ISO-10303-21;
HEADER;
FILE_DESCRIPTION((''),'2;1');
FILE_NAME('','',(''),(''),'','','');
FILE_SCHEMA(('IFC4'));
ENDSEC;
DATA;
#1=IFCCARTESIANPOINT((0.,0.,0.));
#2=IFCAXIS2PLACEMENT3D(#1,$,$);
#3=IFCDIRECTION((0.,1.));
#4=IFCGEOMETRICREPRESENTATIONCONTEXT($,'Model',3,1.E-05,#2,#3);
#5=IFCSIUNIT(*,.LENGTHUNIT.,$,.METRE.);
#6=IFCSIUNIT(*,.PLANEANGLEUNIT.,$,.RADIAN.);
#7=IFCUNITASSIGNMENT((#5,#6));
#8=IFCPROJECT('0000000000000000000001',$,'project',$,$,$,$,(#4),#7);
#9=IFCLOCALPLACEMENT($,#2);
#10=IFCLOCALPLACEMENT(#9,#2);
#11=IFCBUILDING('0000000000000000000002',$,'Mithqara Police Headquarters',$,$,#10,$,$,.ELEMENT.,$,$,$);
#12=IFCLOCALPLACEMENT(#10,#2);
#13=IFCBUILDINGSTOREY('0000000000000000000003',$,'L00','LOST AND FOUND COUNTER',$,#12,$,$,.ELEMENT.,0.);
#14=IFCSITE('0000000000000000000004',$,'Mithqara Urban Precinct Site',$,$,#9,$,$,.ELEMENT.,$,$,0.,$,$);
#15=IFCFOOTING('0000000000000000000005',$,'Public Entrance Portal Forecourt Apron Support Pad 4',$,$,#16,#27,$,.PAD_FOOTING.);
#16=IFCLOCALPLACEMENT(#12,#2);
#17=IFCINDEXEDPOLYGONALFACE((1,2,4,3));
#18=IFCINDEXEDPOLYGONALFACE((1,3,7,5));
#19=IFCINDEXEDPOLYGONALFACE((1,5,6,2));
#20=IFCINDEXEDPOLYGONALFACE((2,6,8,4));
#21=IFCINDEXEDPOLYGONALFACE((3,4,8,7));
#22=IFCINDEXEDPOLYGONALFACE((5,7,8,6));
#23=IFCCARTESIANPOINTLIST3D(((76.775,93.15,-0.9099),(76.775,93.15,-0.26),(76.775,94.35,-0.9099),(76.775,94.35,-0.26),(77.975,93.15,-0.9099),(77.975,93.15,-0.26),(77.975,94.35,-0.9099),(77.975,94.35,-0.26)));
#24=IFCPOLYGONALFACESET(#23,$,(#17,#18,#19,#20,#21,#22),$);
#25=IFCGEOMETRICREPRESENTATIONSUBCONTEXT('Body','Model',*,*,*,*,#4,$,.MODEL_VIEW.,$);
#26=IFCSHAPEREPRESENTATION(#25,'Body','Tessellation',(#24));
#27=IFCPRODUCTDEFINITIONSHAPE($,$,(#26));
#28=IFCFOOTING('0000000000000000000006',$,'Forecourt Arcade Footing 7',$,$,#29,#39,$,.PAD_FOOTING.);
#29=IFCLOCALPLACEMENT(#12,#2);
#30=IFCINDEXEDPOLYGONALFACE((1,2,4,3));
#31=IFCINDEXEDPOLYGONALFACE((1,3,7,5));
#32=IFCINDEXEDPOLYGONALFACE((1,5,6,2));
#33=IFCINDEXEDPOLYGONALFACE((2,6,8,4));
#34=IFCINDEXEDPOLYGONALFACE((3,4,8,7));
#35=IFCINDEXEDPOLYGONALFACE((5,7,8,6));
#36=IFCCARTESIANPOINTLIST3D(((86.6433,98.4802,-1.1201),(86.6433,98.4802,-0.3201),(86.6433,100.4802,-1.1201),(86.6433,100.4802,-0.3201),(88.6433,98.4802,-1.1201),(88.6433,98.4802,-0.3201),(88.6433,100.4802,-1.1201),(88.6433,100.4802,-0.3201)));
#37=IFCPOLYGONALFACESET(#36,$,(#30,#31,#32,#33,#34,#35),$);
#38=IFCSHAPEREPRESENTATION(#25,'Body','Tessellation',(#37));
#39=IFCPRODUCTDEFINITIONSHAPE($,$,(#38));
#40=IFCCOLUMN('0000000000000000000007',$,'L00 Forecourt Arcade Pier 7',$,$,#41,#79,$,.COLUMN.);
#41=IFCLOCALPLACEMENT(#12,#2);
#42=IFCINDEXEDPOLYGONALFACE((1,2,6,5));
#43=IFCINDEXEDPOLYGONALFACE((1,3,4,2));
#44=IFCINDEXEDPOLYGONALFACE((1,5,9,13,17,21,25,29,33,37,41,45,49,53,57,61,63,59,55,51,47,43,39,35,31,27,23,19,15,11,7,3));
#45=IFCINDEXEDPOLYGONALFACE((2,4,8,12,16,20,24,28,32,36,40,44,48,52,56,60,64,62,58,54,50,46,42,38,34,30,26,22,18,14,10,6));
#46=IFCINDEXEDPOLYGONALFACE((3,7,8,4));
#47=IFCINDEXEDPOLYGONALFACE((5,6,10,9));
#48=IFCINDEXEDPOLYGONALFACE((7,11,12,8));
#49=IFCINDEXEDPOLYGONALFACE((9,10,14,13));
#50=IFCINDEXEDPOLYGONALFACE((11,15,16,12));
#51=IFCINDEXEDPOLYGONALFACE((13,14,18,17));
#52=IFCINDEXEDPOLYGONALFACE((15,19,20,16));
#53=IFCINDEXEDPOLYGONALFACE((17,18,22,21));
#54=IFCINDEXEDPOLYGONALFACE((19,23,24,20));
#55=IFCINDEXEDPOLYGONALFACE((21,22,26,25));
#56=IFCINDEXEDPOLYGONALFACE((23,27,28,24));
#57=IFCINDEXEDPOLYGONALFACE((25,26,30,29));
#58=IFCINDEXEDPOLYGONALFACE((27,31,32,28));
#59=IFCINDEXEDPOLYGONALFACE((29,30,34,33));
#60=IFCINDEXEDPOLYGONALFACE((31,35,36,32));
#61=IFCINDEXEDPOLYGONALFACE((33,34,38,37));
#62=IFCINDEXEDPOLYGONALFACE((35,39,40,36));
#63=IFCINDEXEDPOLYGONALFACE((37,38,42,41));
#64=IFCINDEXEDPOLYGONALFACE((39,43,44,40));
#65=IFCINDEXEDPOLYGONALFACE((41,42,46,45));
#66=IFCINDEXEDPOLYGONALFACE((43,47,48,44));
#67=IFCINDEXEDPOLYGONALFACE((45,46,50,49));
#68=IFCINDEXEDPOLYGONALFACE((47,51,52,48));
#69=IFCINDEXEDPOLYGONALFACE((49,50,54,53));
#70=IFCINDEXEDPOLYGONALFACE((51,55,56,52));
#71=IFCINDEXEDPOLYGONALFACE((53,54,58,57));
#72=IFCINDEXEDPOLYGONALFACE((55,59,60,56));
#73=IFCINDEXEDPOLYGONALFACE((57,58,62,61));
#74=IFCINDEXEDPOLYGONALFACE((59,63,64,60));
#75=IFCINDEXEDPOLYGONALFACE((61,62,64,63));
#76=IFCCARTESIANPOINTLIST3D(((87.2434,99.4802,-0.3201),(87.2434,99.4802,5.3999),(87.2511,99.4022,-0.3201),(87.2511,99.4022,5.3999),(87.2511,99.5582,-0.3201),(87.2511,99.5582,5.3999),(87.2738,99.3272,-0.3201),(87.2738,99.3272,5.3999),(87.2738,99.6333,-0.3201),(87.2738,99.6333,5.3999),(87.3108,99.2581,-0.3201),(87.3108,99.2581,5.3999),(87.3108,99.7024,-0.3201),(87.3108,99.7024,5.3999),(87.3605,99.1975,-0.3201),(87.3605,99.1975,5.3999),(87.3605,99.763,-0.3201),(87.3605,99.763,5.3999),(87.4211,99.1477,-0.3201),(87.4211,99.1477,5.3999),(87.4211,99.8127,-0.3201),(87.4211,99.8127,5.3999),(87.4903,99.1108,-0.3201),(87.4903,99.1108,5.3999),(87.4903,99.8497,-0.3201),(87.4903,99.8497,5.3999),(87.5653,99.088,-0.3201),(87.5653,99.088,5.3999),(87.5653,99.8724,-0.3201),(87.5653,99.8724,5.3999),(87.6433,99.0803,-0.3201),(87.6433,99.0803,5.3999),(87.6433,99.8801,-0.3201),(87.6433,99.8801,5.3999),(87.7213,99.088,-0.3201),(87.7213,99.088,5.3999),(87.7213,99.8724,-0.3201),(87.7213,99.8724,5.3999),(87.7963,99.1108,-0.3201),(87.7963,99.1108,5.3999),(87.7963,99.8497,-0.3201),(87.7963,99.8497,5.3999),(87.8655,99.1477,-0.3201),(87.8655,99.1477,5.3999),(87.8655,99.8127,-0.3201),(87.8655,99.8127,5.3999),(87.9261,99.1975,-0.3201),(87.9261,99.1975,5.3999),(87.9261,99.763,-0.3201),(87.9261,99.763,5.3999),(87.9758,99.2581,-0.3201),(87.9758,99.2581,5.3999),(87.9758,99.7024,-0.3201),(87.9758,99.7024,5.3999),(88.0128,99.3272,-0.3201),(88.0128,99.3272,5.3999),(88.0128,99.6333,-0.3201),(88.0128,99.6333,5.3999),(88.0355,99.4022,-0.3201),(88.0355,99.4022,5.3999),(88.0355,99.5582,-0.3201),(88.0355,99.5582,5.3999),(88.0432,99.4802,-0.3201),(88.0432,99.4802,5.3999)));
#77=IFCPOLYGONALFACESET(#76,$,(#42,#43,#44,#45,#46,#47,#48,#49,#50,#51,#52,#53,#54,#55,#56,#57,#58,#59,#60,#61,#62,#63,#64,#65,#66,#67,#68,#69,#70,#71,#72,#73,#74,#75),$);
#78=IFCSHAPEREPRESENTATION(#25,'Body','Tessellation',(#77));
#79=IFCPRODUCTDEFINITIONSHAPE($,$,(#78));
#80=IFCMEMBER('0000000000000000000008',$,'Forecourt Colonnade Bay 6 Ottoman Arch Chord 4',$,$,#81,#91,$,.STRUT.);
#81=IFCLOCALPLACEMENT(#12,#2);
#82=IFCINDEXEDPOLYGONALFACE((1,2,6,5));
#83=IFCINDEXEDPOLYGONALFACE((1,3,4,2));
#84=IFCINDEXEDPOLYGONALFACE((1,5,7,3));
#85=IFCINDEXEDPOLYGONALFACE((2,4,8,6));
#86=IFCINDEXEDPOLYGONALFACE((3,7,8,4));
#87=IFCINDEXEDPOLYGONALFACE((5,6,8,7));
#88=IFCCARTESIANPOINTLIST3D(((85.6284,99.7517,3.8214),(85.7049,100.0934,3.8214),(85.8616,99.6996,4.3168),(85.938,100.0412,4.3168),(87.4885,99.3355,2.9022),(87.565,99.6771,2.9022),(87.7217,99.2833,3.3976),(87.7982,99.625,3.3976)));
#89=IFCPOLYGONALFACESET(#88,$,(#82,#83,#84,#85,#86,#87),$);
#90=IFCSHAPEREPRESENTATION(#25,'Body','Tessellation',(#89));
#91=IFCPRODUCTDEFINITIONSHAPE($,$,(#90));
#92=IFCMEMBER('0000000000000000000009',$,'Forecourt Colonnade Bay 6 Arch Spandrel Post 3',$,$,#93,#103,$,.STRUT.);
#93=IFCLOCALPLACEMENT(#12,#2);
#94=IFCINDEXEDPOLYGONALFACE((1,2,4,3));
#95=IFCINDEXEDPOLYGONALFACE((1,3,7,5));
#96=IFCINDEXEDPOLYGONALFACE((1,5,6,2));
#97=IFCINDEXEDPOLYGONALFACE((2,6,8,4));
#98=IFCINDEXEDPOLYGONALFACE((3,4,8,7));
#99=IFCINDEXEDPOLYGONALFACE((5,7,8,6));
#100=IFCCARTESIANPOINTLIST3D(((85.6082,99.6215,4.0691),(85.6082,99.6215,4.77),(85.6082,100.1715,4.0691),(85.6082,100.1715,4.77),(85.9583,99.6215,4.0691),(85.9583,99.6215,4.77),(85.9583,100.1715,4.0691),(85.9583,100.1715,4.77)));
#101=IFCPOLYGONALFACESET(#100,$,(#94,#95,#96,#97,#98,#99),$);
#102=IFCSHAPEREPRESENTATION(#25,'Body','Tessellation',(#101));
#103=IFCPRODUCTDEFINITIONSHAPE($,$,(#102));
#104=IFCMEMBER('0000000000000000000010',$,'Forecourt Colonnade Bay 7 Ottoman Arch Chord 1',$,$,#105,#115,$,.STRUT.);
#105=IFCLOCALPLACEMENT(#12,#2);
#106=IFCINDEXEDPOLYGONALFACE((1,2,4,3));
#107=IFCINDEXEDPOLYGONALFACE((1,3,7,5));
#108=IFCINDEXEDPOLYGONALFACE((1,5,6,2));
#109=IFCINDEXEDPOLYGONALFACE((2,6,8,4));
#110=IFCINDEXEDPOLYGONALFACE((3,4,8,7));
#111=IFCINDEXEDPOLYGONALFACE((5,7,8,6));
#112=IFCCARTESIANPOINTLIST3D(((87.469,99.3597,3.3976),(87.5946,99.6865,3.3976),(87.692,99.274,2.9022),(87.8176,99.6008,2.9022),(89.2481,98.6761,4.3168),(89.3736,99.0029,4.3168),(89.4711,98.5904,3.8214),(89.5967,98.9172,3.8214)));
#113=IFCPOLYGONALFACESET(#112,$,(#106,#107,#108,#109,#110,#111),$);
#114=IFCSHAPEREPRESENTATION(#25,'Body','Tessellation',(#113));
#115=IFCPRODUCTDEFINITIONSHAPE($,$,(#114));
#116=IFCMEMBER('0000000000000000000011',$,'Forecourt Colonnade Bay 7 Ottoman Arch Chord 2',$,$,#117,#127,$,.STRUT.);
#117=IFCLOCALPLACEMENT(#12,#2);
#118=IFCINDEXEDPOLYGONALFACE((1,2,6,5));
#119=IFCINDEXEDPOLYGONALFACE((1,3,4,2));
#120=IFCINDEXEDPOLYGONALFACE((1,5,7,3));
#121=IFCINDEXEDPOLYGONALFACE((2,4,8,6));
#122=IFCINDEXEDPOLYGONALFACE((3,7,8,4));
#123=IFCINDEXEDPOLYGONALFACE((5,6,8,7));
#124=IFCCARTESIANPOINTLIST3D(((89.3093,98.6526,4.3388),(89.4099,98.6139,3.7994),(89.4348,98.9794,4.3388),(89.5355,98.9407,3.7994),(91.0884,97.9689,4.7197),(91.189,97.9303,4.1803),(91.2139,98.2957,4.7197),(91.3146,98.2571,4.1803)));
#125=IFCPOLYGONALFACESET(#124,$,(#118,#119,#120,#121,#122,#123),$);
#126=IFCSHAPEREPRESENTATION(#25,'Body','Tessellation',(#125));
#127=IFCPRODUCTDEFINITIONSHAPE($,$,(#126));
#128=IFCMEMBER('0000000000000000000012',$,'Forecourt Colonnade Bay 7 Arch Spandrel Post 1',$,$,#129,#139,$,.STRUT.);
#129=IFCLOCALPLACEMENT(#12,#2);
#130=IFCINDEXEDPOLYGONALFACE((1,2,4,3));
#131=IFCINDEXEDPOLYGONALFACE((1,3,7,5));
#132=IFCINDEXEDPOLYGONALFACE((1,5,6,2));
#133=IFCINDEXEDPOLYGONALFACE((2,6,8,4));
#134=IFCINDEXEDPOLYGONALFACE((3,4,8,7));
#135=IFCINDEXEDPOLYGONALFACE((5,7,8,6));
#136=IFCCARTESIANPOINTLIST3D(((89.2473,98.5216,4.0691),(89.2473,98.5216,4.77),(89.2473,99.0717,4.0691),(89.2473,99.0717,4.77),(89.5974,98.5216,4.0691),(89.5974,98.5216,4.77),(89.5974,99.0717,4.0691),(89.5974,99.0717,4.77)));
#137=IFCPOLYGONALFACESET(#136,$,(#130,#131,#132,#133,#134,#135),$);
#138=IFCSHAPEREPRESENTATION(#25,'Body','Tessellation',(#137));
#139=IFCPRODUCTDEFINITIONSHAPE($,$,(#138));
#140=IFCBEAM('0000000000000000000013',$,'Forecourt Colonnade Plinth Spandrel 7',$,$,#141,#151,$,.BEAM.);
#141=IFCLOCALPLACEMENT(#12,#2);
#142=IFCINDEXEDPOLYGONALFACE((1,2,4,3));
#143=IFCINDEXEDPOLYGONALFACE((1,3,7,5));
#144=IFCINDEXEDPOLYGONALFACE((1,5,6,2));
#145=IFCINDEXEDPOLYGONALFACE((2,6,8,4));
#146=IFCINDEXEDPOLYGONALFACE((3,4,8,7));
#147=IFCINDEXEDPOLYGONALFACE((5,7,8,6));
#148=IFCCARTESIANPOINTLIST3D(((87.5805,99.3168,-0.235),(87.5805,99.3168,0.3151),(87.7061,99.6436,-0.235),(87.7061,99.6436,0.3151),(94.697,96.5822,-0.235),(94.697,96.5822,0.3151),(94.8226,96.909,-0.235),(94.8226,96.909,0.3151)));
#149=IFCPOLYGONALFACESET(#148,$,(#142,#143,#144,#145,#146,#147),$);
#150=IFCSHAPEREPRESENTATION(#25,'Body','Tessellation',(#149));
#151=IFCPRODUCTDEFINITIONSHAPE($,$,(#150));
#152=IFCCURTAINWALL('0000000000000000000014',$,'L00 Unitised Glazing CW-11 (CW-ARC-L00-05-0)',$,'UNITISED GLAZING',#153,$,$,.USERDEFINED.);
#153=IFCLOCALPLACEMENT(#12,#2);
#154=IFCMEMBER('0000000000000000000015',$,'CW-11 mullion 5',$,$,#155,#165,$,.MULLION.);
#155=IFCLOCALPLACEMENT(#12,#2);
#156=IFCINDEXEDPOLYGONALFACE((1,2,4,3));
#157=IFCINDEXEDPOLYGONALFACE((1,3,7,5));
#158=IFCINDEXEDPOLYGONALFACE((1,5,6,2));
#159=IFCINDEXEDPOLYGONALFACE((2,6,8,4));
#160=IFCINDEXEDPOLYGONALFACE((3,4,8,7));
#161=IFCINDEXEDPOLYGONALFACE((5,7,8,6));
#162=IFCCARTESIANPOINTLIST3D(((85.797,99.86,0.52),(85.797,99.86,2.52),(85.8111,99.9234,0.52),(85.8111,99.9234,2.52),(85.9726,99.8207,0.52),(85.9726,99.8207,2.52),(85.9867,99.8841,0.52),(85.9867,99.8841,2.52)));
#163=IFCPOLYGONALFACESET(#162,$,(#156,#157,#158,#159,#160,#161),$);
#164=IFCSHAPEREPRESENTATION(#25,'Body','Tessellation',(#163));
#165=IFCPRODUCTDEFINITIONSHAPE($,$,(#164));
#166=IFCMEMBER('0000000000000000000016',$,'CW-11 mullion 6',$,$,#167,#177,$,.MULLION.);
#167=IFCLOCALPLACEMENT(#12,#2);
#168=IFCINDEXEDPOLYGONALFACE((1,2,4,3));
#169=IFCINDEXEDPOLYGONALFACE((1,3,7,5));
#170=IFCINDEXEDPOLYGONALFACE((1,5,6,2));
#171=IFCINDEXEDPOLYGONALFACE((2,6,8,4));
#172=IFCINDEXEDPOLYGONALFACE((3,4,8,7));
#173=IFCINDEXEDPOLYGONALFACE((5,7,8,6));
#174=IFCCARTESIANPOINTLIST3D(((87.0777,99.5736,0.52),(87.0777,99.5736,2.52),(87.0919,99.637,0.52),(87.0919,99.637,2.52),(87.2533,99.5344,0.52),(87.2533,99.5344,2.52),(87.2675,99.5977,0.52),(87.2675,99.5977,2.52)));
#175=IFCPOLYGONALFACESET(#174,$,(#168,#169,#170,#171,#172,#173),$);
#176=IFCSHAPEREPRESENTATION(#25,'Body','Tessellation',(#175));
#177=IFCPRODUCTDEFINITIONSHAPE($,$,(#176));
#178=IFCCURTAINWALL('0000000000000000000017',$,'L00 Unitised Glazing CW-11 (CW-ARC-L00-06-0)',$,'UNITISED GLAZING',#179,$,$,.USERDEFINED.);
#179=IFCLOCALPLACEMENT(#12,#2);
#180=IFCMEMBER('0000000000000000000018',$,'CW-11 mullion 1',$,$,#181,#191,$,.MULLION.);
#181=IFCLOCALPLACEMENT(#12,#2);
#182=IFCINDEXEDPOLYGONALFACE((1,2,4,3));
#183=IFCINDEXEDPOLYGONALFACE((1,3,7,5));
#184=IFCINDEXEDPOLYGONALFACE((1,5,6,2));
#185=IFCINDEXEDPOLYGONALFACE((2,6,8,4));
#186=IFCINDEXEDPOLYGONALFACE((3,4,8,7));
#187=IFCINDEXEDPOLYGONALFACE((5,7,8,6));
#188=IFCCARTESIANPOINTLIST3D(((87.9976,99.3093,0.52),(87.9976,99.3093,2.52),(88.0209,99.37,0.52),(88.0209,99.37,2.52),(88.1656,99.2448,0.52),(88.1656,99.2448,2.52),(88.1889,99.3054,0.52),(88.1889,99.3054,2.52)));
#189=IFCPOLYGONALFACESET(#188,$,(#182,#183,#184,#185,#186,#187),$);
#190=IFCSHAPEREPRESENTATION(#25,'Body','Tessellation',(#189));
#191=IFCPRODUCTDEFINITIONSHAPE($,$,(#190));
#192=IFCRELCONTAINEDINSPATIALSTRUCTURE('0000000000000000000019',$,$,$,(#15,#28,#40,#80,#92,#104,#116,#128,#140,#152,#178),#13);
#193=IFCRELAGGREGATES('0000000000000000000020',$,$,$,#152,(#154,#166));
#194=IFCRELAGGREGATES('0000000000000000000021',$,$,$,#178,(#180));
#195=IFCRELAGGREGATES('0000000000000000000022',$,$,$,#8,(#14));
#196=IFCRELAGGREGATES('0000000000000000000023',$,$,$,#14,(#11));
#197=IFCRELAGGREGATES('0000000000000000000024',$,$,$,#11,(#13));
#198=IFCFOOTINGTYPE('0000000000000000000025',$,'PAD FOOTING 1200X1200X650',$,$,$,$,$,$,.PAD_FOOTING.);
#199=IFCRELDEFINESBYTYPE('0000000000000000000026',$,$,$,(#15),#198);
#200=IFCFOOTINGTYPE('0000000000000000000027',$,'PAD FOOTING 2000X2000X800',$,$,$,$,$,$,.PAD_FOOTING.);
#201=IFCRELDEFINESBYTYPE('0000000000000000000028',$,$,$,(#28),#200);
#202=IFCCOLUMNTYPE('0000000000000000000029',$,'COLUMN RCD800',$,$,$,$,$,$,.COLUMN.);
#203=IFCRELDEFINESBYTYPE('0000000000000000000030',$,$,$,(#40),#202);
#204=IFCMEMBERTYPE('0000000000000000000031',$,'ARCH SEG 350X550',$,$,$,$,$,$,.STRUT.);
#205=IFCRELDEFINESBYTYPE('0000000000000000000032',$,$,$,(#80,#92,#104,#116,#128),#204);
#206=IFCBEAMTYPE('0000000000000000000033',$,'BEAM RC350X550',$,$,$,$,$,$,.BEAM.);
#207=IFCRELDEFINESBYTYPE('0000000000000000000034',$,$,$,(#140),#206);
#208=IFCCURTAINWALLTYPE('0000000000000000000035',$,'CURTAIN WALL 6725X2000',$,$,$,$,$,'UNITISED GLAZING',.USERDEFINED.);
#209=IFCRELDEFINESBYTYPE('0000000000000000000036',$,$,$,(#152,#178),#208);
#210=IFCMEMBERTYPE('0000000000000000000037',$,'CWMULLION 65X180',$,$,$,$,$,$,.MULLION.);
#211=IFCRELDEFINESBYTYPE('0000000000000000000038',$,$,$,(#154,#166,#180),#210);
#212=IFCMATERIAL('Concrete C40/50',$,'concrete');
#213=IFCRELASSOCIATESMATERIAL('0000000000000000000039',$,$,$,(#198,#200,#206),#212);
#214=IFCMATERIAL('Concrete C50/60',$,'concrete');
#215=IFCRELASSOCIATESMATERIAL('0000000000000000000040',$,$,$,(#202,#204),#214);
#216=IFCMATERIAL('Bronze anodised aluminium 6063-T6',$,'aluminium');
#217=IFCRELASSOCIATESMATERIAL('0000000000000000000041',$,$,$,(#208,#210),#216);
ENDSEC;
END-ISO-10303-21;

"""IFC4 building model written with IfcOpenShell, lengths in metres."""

from ifc_helpers import new_model, si_unit, direction, frame, origin, origin_2d, place, context, subcontext, project, spatial, rectangle, circle, extrude, material, material_profile, profile_set, type_object, element, aggregate, save


model = new_model("IFC4")

# Units and contexts
model_context = context("Model", 3, precision=1e-05, world=origin(), true_north=direction((0.0, 1.0)))
body_context = subcontext(model_context, "Body", "Model", "MODEL_VIEW")
ifc_project = project(units=[si_unit("LENGTHUNIT", "METRE"), si_unit("PLANEANGLEUNIT", "RADIAN")], contexts=[model_context])

# Site, building, storey
site_placement = place(None, origin())
site = spatial("IfcSite", under=ifc_project, at=site_placement, Name="Mithqara Urban Precinct Site", CompositionType="ELEMENT", RefElevation=0.0)
building_placement = place(site_placement, origin())
building = spatial("IfcBuilding", under=site, at=building_placement, Name="Mithqara Police Headquarters", CompositionType="ELEMENT")
storey_placement = place(building_placement, origin())
storey = spatial("IfcBuildingStorey", under=building, at=storey_placement, Name="L00", Description="LOST AND FOUND COUNTER", CompositionType="ELEMENT", Elevation=0.0)

# Footings
ifc_material_1 = material(Name="Concrete C40/50", Category="concrete")
footing_type_1 = type_object("IfcFootingType", Name="PAD FOOTING 1200X1200X650", PredefinedType="PAD_FOOTING", material=ifc_material_1)
footing_1_placement = place(storey_placement, frame((77.375, 93.75, -0.9099), z_axis=(0.0, 0.0, 1.0), x_axis=(1.0, 0.0, 0.0)))
element("IfcFooting", 1, at=footing_1_placement, inside=storey, type_object=footing_type_1, Name="Public Entrance Portal Forecourt Apron Support Pad 4", PredefinedType="PAD_FOOTING", context=body_context, shape_type="SweptSolid", body=[
    extrude(rectangle(XDim=1.2, YDim=1.2, at=origin_2d()), origin(), (0.0, 0.0, 1.0), 0.6499),
])
footing_type_2 = type_object("IfcFootingType", Name="PAD FOOTING 2000X2000X800", PredefinedType="PAD_FOOTING", material=ifc_material_1)
footing_2_placement = place(storey_placement, frame((87.6433, 99.4802, -1.1201), z_axis=(0.0, 0.0, 1.0), x_axis=(1.0, 0.0, 0.0)))
element("IfcFooting", 2, at=footing_2_placement, inside=storey, type_object=footing_type_2, Name="Forecourt Arcade Footing 7", PredefinedType="PAD_FOOTING", context=body_context, shape_type="SweptSolid", body=[
    extrude(rectangle(XDim=2.0, YDim=2.0, at=origin_2d()), origin(), (0.0, 0.0, 1.0), 0.8),
])

# Column
ifc_material_2 = material(Name="Concrete C50/60", Category="concrete")
ifc_material_profile_1 = material_profile(ifc_material_2, circle(Radius=0.3999, at=origin_2d()), Name="RCD 800")
ifc_profile_set_1 = profile_set([ifc_material_profile_1], Name="Concrete C50/60")
column_type = type_object("IfcColumnType", Name="COLUMN RCD800", PredefinedType="COLUMN", material=ifc_profile_set_1)
column_placement = place(storey_placement, frame((87.6433, 99.4802, -0.3201), z_axis=(0.0, 0.0, 1.0), x_axis=(1.0, 0.0, 0.0)))
element("IfcColumn", 3, at=column_placement, inside=storey, type_object=column_type, Name="L00 Forecourt Arcade Pier 7", PredefinedType="COLUMN", context=body_context, shape_type="SweptSolid", body=[
    extrude(circle(Radius=0.3999, at=origin_2d()), origin(), (0.0, 0.0, 1.0), 5.72),
])

# Members
ifc_material_profile_2 = material_profile(ifc_material_2, rectangle(XDim=0.3501, YDim=0.55, at=origin_2d()), Name="ARC 350x550")
ifc_profile_set_2 = profile_set([ifc_material_profile_2], Name="Concrete C50/60")
member_type_1 = type_object("IfcMemberType", Name="ARCH SEG 350X550", PredefinedType="STRUT", material=ifc_profile_set_2)
member_1_placement = place(storey_placement, frame((85.7832, 99.8965, 4.0691), z_axis=(0.878997, -0.196704, -0.434364), x_axis=(0.218381, 0.975864, 0.0)))
element("IfcMember", 4, at=member_1_placement, inside=storey, type_object=member_type_1, Name="Forecourt Colonnade Bay 6 Ottoman Arch Chord 4", PredefinedType="STRUT", context=body_context, shape_type="SweptSolid", body=[
    extrude(rectangle(XDim=0.3501, YDim=0.55, at=origin_2d()), origin(), (0.0, 0.0, 1.0), 2.1162),
])
member_2_placement = place(storey_placement, frame((85.7832, 99.8965, 4.0691), z_axis=(0.0, 0.0, 1.0), x_axis=(1.0, 0.0, 0.0)))
element("IfcMember", 5, at=member_2_placement, inside=storey, type_object=member_type_1, Name="Forecourt Colonnade Bay 6 Arch Spandrel Post 3", PredefinedType="STRUT", context=body_context, shape_type="SweptSolid", body=[
    extrude(rectangle(XDim=0.3501, YDim=0.55, at=origin_2d()), origin(), (0.0, 0.0, 1.0), 0.7009),
])
member_3_placement = place(storey_placement, frame((87.6433, 99.4802, 3.1499), z_axis=(0.840783, -0.323067, 0.43441), x_axis=(0.358679, 0.933461, 0.0)))
element("IfcMember", 6, at=member_3_placement, inside=storey, type_object=member_type_1, Name="Forecourt Colonnade Bay 7 Ottoman Arch Chord 1", PredefinedType="STRUT", context=body_context, shape_type="SweptSolid", body=[
    extrude(rectangle(XDim=0.3501, YDim=0.55, at=origin_2d()), origin(), (0.0, 0.0, 1.0), 2.116),
])
member_4_placement = place(storey_placement, frame((89.4224, 98.7966, 4.0691), z_axis=(0.915363, -0.351724, 0.195961), x_axis=(0.358679, 0.933461, 0.0)))
element("IfcMember", 7, at=member_4_placement, inside=storey, type_object=member_type_1, Name="Forecourt Colonnade Bay 7 Ottoman Arch Chord 2", PredefinedType="STRUT", context=body_context, shape_type="SweptSolid", body=[
    extrude(rectangle(XDim=0.3501, YDim=0.55, at=origin_2d()), origin(), (0.0, 0.0, 1.0), 1.9436),
])
member_5_placement = place(storey_placement, frame((89.4224, 98.7966, 4.0691), z_axis=(0.0, 0.0, 1.0), x_axis=(1.0, 0.0, 0.0)))
element("IfcMember", 8, at=member_5_placement, inside=storey, type_object=member_type_1, Name="Forecourt Colonnade Bay 7 Arch Spandrel Post 1", PredefinedType="STRUT", context=body_context, shape_type="SweptSolid", body=[
    extrude(rectangle(XDim=0.3501, YDim=0.55, at=origin_2d()), origin(), (0.0, 0.0, 1.0), 0.7009),
])

# Beam
ifc_material_profile_3 = material_profile(ifc_material_1, rectangle(XDim=0.3501, YDim=0.55, at=origin_2d()), Name="RC 350x550")
ifc_profile_set_3 = profile_set([ifc_material_profile_3], Name="Concrete C40/50")
beam_type_1 = type_object("IfcBeamType", Name="BEAM RC350X550", PredefinedType="BEAM", material=ifc_profile_set_3)
beam_1_placement = place(storey_placement, frame((87.6433, 99.4802, 0.04), z_axis=(0.933455, -0.358696, 0.0), x_axis=(0.358696, 0.933455, 0.0)))
element("IfcBeam", 9, at=beam_1_placement, inside=storey, type_object=beam_type_1, Name="Forecourt Colonnade Plinth Spandrel 7", PredefinedType="BEAM", context=body_context, shape_type="SweptSolid", body=[
    extrude(rectangle(XDim=0.3501, YDim=0.55, at=origin_2d()), origin(), (0.0, 0.0, 1.0), 7.6238),
])

# Curtain walls, members
ifc_material_3 = material(Name="Bronze anodised aluminium 6063-T6", Category="aluminium")
curtain_wall_type = type_object("IfcCurtainWallType", Name="CURTAIN WALL 6725X2000", ElementType="UNITISED GLAZING", PredefinedType="USERDEFINED", material=ifc_material_3)
curtain_wall_1_placement = place(storey_placement, origin())
curtain_wall_1 = element("IfcCurtainWall", 10, at=curtain_wall_1_placement, inside=storey, type_object=curtain_wall_type, Name="L00 Unitised Glazing CW-11 (CW-ARC-L00-05-0)", ObjectType="UNITISED GLAZING", PredefinedType="USERDEFINED")
ifc_material_profile_4 = material_profile(ifc_material_3, rectangle(XDim=0.0649, YDim=0.1799, at=origin_2d()), Name="CWM 65x180")
ifc_profile_set_4 = profile_set([ifc_material_profile_4], Name="Bronze anodised aluminium 6063-T6")
member_type_2 = type_object("IfcMemberType", Name="CWMULLION 65X180", PredefinedType="MULLION", material=ifc_profile_set_4)
member_6_placement = place(storey_placement, frame((85.8918, 99.8721, 0.52), z_axis=(0.0, 0.0, 1.0), x_axis=(0.218335, 0.975874, 0.0)))
member_6 = element("IfcMember", 11, at=member_6_placement, type_object=member_type_2, Name="CW-11 mullion 5", PredefinedType="MULLION", context=body_context, shape_type="SweptSolid", body=[
    extrude(rectangle(XDim=0.0649, YDim=0.1799, at=origin_2d()), origin(), (0.0, 0.0, 1.0), 2.0),
])
member_7_placement = place(storey_placement, frame((87.1726, 99.5857, 0.52), z_axis=(0.0, 0.0, 1.0), x_axis=(0.218335, 0.975874, 0.0)))
member_7 = element("IfcMember", 12, at=member_7_placement, type_object=member_type_2, Name="CW-11 mullion 6", PredefinedType="MULLION", context=body_context, shape_type="SweptSolid", body=[
    extrude(rectangle(XDim=0.0649, YDim=0.1799, at=origin_2d()), origin(), (0.0, 0.0, 1.0), 2.0),
])
curtain_wall_2_placement = place(storey_placement, origin())
curtain_wall_2 = element("IfcCurtainWall", 13, at=curtain_wall_2_placement, inside=storey, type_object=curtain_wall_type, Name="L00 Unitised Glazing CW-11 (CW-ARC-L00-06-0)", ObjectType="UNITISED GLAZING", PredefinedType="USERDEFINED")
member_8_placement = place(storey_placement, frame((88.0933, 99.3074, 0.52), z_axis=(0.0, 0.0, 1.0), x_axis=(0.35868, 0.933461, 0.0)))
member_8 = element("IfcMember", 14, at=member_8_placement, type_object=member_type_2, Name="CW-11 mullion 1", PredefinedType="MULLION", context=body_context, shape_type="SweptSolid", body=[
    extrude(rectangle(XDim=0.0649, YDim=0.1799, at=origin_2d()), origin(), (0.0, 0.0, 1.0), 2.0),
])

aggregate(curtain_wall_1, [member_6, member_7])
aggregate(curtain_wall_2, [member_8])

save(model, "model.ifc")
